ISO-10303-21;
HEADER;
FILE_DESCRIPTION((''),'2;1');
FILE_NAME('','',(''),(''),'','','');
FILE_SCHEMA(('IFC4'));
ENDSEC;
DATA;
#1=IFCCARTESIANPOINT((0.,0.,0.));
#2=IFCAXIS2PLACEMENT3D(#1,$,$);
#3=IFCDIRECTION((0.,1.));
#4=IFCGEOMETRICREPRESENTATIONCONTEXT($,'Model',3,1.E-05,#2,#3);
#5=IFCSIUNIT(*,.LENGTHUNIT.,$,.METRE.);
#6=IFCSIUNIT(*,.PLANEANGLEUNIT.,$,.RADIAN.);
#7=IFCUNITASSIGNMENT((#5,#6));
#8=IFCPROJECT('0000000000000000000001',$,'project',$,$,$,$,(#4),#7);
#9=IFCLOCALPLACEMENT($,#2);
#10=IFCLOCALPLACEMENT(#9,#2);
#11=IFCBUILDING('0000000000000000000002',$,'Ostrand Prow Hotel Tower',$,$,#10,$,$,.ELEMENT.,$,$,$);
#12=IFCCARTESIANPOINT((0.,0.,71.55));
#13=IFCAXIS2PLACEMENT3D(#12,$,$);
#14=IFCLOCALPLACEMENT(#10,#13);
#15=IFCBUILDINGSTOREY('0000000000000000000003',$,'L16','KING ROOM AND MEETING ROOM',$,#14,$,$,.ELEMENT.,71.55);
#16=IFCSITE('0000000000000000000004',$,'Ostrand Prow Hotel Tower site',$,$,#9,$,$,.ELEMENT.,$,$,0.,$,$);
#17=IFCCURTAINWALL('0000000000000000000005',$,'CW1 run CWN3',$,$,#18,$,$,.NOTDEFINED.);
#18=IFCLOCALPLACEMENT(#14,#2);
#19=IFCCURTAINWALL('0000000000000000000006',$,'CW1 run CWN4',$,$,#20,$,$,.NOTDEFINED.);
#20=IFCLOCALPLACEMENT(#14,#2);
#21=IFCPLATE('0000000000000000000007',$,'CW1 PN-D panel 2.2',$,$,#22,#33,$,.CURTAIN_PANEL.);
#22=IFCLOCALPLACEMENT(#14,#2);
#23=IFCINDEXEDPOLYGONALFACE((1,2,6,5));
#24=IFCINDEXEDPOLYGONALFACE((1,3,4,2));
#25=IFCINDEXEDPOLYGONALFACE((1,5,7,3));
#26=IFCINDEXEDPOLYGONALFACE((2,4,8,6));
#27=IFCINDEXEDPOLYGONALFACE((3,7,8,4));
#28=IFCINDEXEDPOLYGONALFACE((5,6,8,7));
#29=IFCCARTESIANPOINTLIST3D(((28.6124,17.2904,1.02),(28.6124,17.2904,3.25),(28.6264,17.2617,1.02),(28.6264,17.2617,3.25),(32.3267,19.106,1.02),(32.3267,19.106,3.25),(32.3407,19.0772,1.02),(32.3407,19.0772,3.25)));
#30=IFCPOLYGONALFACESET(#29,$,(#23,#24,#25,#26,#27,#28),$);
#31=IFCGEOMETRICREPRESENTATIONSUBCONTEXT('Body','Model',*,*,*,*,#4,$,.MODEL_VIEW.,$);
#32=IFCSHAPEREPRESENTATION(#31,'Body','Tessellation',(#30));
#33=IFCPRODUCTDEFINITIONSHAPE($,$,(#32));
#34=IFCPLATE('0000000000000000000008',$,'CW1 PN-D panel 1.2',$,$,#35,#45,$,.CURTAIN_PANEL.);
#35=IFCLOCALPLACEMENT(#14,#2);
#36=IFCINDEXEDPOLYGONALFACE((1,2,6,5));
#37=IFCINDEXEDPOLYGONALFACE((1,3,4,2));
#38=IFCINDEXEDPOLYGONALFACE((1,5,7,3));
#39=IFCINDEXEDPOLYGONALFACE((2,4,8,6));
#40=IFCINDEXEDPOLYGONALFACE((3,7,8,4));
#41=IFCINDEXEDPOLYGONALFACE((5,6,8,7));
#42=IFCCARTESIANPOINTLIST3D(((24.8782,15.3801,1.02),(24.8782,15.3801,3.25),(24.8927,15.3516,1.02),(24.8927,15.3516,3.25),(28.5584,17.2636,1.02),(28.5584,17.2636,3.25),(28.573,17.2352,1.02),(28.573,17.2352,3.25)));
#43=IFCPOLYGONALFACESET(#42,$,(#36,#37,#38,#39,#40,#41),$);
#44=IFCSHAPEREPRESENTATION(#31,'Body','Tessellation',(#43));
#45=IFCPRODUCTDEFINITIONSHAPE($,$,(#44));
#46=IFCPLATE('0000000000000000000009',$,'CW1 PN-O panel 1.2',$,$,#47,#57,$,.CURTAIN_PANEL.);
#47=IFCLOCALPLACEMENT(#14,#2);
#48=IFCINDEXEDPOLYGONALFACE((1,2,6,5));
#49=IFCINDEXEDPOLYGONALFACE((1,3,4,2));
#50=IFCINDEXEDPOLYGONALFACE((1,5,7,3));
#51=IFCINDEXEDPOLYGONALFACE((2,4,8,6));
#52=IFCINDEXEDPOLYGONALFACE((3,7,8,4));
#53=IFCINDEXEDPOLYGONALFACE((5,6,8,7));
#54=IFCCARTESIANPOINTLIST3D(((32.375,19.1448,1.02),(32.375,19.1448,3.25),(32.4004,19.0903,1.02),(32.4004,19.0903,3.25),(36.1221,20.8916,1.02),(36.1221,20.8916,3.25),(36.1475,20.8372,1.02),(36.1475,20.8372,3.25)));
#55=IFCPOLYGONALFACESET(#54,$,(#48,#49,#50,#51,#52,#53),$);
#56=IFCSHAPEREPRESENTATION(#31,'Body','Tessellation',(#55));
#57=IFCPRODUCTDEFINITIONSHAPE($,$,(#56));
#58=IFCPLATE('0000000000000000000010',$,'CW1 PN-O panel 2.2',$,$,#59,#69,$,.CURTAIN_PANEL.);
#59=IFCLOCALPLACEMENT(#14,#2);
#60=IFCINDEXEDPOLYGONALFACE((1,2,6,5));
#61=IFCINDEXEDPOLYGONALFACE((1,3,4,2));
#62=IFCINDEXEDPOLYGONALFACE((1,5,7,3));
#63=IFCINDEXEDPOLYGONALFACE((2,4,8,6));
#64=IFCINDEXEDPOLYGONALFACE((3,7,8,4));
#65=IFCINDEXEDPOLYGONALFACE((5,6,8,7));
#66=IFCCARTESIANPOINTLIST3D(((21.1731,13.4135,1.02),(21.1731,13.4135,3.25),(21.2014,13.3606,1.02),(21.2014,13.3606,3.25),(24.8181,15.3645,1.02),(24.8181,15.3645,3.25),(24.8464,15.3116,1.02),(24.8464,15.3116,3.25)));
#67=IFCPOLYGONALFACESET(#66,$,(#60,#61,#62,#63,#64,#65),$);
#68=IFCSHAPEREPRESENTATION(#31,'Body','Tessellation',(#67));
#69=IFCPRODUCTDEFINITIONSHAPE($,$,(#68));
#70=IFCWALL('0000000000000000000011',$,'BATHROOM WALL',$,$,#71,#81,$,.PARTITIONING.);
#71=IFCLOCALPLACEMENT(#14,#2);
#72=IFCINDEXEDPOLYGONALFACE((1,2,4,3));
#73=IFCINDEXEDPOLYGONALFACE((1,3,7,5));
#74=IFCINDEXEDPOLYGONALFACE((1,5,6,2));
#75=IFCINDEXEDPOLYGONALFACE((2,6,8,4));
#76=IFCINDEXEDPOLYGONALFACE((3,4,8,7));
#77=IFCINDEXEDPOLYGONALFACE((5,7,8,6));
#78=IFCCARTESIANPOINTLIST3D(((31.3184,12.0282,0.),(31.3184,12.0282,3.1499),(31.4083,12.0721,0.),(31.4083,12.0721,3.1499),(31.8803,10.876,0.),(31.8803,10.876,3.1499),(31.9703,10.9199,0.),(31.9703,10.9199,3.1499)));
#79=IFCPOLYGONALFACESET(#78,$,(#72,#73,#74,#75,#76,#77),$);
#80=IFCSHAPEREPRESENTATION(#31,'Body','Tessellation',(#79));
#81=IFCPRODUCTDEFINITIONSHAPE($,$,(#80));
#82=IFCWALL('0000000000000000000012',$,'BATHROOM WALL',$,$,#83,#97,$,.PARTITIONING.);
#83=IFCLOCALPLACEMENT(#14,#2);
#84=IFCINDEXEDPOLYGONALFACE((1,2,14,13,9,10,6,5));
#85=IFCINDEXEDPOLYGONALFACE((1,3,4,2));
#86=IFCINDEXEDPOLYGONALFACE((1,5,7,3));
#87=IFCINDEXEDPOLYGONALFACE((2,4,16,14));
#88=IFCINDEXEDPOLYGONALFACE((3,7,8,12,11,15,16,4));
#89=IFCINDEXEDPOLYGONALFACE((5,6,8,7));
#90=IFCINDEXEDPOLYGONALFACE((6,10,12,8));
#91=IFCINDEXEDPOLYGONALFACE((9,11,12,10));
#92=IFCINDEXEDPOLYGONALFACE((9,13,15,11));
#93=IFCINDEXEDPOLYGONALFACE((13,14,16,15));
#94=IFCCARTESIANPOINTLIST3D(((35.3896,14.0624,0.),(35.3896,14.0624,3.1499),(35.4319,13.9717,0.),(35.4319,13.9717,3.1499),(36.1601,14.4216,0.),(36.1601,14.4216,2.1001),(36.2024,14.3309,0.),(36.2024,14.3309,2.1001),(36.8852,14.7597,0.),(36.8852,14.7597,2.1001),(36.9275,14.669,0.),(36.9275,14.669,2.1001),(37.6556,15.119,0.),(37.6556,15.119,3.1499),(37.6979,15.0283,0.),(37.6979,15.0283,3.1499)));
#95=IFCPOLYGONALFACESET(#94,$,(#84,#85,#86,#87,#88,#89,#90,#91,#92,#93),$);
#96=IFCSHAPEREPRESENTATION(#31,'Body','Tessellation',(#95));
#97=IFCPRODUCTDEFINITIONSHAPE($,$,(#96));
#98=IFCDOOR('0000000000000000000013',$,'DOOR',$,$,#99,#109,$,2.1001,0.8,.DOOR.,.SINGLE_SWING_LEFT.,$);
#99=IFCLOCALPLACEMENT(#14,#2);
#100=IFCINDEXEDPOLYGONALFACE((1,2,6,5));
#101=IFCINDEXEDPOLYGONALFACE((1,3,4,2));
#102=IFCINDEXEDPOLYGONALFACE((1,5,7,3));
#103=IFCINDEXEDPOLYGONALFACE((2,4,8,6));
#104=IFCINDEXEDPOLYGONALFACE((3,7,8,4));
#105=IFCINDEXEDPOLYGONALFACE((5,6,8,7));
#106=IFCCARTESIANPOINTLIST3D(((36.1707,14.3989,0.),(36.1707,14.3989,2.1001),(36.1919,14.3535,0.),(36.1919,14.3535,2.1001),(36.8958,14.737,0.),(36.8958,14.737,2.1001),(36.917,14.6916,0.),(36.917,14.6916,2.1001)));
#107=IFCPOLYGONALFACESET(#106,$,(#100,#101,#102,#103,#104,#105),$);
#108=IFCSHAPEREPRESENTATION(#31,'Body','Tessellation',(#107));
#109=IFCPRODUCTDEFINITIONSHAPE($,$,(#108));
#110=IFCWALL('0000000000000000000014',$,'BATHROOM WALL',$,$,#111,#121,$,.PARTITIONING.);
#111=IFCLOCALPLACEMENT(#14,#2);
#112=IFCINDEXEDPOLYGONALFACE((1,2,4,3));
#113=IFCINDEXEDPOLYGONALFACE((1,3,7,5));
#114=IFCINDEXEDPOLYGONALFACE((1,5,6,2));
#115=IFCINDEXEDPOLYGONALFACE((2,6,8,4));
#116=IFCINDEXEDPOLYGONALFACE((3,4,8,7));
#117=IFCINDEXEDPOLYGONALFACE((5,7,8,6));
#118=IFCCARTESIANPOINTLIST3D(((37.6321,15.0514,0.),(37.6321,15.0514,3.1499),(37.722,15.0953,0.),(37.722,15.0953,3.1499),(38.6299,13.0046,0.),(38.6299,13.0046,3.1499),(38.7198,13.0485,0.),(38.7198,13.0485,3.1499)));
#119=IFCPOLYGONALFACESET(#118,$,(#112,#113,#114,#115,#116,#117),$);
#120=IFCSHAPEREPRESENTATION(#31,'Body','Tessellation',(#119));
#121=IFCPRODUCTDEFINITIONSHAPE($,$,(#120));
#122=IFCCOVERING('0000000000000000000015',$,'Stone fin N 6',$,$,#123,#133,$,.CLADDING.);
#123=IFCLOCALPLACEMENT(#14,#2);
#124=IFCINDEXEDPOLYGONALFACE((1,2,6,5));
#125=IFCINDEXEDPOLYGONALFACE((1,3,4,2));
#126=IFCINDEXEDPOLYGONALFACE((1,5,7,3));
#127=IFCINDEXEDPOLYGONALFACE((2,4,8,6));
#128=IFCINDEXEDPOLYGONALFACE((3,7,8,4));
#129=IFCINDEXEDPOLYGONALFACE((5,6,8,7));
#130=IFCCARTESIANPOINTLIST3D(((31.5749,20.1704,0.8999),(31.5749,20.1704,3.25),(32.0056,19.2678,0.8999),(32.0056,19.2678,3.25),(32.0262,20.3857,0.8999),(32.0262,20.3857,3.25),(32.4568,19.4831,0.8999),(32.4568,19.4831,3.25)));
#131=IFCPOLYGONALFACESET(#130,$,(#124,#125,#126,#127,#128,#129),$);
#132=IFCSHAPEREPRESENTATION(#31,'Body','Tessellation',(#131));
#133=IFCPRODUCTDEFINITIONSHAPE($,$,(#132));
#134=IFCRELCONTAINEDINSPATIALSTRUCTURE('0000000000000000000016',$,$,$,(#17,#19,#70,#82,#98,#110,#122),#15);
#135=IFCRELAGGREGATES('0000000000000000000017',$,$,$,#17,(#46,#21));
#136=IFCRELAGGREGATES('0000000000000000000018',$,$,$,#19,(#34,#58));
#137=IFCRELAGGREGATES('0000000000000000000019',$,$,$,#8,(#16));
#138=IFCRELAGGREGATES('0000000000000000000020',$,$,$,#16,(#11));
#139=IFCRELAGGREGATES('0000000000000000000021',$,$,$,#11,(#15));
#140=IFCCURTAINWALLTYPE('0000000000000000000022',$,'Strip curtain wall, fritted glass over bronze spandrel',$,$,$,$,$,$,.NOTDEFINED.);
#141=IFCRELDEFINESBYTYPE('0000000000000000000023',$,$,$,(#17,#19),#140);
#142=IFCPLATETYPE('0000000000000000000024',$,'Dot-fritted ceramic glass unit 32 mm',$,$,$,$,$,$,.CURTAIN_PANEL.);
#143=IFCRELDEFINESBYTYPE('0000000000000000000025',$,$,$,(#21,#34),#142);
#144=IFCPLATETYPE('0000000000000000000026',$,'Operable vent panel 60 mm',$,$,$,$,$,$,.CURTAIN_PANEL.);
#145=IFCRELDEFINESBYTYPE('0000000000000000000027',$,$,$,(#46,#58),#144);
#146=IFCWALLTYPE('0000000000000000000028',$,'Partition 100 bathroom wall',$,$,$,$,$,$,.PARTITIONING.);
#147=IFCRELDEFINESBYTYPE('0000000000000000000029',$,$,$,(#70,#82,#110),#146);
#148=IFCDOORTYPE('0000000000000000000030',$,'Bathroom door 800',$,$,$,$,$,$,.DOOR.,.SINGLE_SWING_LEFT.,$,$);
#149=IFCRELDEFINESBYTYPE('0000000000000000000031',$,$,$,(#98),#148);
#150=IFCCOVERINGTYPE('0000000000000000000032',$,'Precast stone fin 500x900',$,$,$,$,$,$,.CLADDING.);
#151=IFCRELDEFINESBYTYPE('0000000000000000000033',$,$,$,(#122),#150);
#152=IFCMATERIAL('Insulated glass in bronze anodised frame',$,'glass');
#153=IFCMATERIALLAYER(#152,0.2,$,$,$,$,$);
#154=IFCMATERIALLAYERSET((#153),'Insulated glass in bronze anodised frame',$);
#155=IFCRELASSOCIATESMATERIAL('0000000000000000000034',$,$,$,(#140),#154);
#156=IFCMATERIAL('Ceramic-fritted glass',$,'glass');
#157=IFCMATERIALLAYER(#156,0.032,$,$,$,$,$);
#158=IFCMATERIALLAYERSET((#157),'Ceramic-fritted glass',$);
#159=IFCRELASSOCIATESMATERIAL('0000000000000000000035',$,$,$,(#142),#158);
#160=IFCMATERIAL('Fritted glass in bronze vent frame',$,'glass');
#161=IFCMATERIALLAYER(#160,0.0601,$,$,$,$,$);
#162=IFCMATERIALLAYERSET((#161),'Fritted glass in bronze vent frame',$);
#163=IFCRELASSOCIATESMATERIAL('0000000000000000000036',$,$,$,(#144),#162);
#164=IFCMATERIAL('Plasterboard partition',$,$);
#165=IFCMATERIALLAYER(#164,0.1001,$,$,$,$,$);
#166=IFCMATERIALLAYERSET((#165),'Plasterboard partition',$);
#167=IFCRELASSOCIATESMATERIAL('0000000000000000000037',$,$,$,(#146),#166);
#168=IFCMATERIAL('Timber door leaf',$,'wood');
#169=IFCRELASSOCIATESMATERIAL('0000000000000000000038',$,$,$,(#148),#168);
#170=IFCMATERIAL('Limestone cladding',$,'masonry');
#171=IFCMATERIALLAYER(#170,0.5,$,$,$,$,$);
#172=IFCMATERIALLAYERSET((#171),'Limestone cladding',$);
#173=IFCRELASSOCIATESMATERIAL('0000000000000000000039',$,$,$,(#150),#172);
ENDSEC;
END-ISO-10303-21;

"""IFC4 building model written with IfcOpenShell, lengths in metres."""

from ifc_helpers import new_model, si_unit, direction, frame, frame_2d, origin, origin_2d, place, context, subcontext, project, spatial, rectangle, extrude, material, layer, layer_set, type_object, element, fill, aggregate, save


model = new_model("IFC4")

# Units and contexts
model_context = context("Model", 3, precision=1e-05, world=origin(), true_north=direction((0.0, 1.0)))
body_context = subcontext(model_context, "Body", "Model", "MODEL_VIEW")
ifc_project = project(units=[si_unit("LENGTHUNIT", "METRE"), si_unit("PLANEANGLEUNIT", "RADIAN")], contexts=[model_context])

# Site, building, storey
site_placement = place(None, origin())
site = spatial("IfcSite", under=ifc_project, at=site_placement, Name="Ostrand Prow Hotel Tower site", CompositionType="ELEMENT", RefElevation=0.0)
building_placement = place(site_placement, origin())
building = spatial("IfcBuilding", under=site, at=building_placement, Name="Ostrand Prow Hotel Tower", CompositionType="ELEMENT")
storey_placement = place(building_placement, frame((0.0, 0.0, 71.55)))
storey = spatial("IfcBuildingStorey", under=building, at=storey_placement, Name="L16", Description="KING ROOM AND MEETING ROOM", CompositionType="ELEMENT", Elevation=71.55)

# Shared definitions
ifc_material_1 = material(Name="Insulated glass in bronze anodised frame", Category="glass")
ifc_layer_1 = layer(ifc_material_1, 0.2)
ifc_layer_set_1 = layer_set([ifc_layer_1], Name="Insulated glass in bronze anodised frame")
curtain_wall_type = type_object("IfcCurtainWallType", Name="Strip curtain wall, fritted glass over bronze spandrel", PredefinedType="NOTDEFINED", material=ifc_layer_set_1)

# Curtain wall
curtain_wall_1_placement = place(storey_placement, origin())
curtain_wall_1 = element("IfcCurtainWall", 1, at=curtain_wall_1_placement, inside=storey, type_object=curtain_wall_type, Name="CW1 run CWN3", PredefinedType="NOTDEFINED")

# Curtain wall
curtain_wall_2_placement = place(storey_placement, origin())
curtain_wall_2 = element("IfcCurtainWall", 2, at=curtain_wall_2_placement, inside=storey, type_object=curtain_wall_type, Name="CW1 run CWN4", PredefinedType="NOTDEFINED")

# Plates
ifc_material_2 = material(Name="Ceramic-fritted glass", Category="glass")
ifc_layer_2 = layer(ifc_material_2, 0.032)
ifc_layer_set_2 = layer_set([ifc_layer_2], Name="Ceramic-fritted glass")
plate_type_1 = type_object("IfcPlateType", Name="Dot-fritted ceramic glass unit 32 mm", PredefinedType="CURTAIN_PANEL", material=ifc_layer_set_2)
plate_1_placement = place(storey_placement, frame((30.4766, 18.1838, 1.02), z_axis=(0.0, 0.0, 1.0), x_axis=(-0.89842, -0.439138, 0.0)))
plate_1 = element("IfcPlate", 3, at=plate_1_placement, type_object=plate_type_1, Name="CW1 PN-D panel 2.2", PredefinedType="CURTAIN_PANEL", context=body_context, shape_type="SweptSolid", body=[
    extrude(rectangle(XDim=4.1343, YDim=0.032, at=origin_2d()), origin(), (0.0, 0.0, 1.0), 2.23),
])
plate_2_placement = place(storey_placement, frame((26.7256, 16.3076, 1.02), z_axis=(0.0, 0.0, 1.0), x_axis=(-0.890187, -0.455596, 0.0)))
plate_2 = element("IfcPlate", 4, at=plate_2_placement, type_object=plate_type_1, Name="CW1 PN-D panel 1.2", PredefinedType="CURTAIN_PANEL", context=body_context, shape_type="SweptSolid", body=[
    extrude(rectangle(XDim=4.1343, YDim=0.032, at=origin_2d()), origin(), (0.0, 0.0, 1.0), 2.23),
])
ifc_material_3 = material(Name="Fritted glass in bronze vent frame", Category="glass")
ifc_layer_3 = layer(ifc_material_3, 0.0601)
ifc_layer_set_3 = layer_set([ifc_layer_3], Name="Fritted glass in bronze vent frame")
plate_type_2 = type_object("IfcPlateType", Name="Operable vent panel 60 mm", PredefinedType="CURTAIN_PANEL", material=ifc_layer_set_3)
plate_3_placement = place(storey_placement, frame((34.2612, 19.991, 1.02), z_axis=(0.0, 0.0, 1.0), x_axis=(-0.906349, -0.42253, 0.0)))
plate_3 = element("IfcPlate", 5, at=plate_3_placement, type_object=plate_type_2, Name="CW1 PN-O panel 1.2", PredefinedType="CURTAIN_PANEL", context=body_context, shape_type="SweptSolid", body=[
    extrude(rectangle(XDim=4.1343, YDim=0.0601, at=origin_2d()), origin(), (0.0, 0.0, 1.0), 2.23),
])
aggregate(curtain_wall_1, [plate_3, plate_1])
plate_4_placement = place(storey_placement, frame((23.0098, 14.3625, 1.02), z_axis=(0.0, 0.0, 1.0), x_axis=(-0.881652, -0.4719, 0.0)))
plate_4 = element("IfcPlate", 6, at=plate_4_placement, type_object=plate_type_2, Name="CW1 PN-O panel 2.2", PredefinedType="CURTAIN_PANEL", context=body_context, shape_type="SweptSolid", body=[
    extrude(rectangle(XDim=4.1343, YDim=0.0601, at=origin_2d()), origin(), (0.0, 0.0, 1.0), 2.23),
])
aggregate(curtain_wall_2, [plate_2, plate_4])

# Wall
ifc_material_4 = material(Name="Plasterboard partition")
ifc_layer_4 = layer(ifc_material_4, 0.1001)
ifc_layer_set_4 = layer_set([ifc_layer_4], Name="Plasterboard partition")
wall_type = type_object("IfcWallType", Name="Partition 100 bathroom wall", PredefinedType="PARTITIONING", material=ifc_layer_set_4)
wall_1_placement = place(storey_placement, frame((31.3633, 12.0503, 0.0), z_axis=(0.0, 0.0, 1.0), x_axis=(0.438356, -0.898801, 0.0)))
element("IfcWall", 7, at=wall_1_placement, inside=storey, type_object=wall_type, Name="BATHROOM WALL", PredefinedType="PARTITIONING", context=body_context, shape_type="SweptSolid", body=[
    extrude(rectangle(XDim=1.282, YDim=0.1001, at=frame_2d((0.6411, 0.0))), origin(), (0.0, 0.0, 1.0), 3.1499),
])

# Wall, opening, door
wall_2_placement = place(storey_placement, frame((35.4109, 14.0171, 0.0), z_axis=(0.0, 0.0, 1.0), x_axis=(0.906318, 0.422597, 0.0)))
wall_2 = element("IfcWall", 8, at=wall_2_placement, inside=storey, type_object=wall_type, Name="BATHROOM WALL", PredefinedType="PARTITIONING", context=body_context, shape_type="SweptSolid", body=[
    extrude(rectangle(XDim=2.5002, YDim=0.1001, at=frame_2d((1.25, 0.0))), origin(), (0.0, 0.0, 1.0), 3.1499),
])
opening_placement = place(wall_2_placement, frame((0.8501, 0.0, 0.0)))
opening = element("IfcOpeningElement", 9, at=opening_placement, cuts=wall_2, PredefinedType="OPENING", context=body_context, shape_type="SweptSolid", body=[
    extrude(rectangle(XDim=0.8, YDim=2.1001, at=frame_2d((0.3999, 1.05))), frame((0.0, 0.0601, 0.0), z_axis=(0.0, -1.0, 0.0), x_axis=(1.0, 0.0, 0.0)), (0.0, 0.0, 1.0), 0.1201),
])
ifc_material_5 = material(Name="Timber door leaf", Category="wood")
door_type = type_object("IfcDoorType", Name="Bathroom door 800", OperationType="SINGLE_SWING_LEFT", PredefinedType="DOOR", material=ifc_material_5)
door_placement = place(opening_placement, origin())
door = element("IfcDoor", 10, at=door_placement, inside=storey, type_object=door_type, Name="DOOR", OperationType="SINGLE_SWING_LEFT", OverallHeight=2.1001, OverallWidth=0.8, PredefinedType="DOOR", context=body_context, shape_type="SweptSolid", body=[
    extrude(rectangle(XDim=0.8, YDim=2.1001, at=frame_2d((0.3999, 1.05))), frame((0.0, 0.0249, 0.0), z_axis=(0.0, -1.0, 0.0), x_axis=(1.0, 0.0, 0.0)), (0.0, 0.0, 1.0), 0.05),
])
fill(opening, door)

# Wall
wall_3_placement = place(storey_placement, frame((37.677, 15.0735, 0.0), z_axis=(0.0, 0.0, 1.0), x_axis=(0.438185, -0.898885, 0.0)))
element("IfcWall", 11, at=wall_3_placement, inside=storey, type_object=wall_type, Name="BATHROOM WALL", PredefinedType="PARTITIONING", context=body_context, shape_type="SweptSolid", body=[
    extrude(rectangle(XDim=2.2771, YDim=0.1001, at=frame_2d((1.1387, 0.0))), origin(), (0.0, 0.0, 1.0), 3.1499),
])

# Covering
ifc_material_6 = material(Name="Limestone cladding", Category="masonry")
ifc_layer_5 = layer(ifc_material_6, 0.5)
ifc_layer_set_5 = layer_set([ifc_layer_5], Name="Limestone cladding")
covering_type = type_object("IfcCoveringType", Name="Precast stone fin 500x900", PredefinedType="CLADDING", material=ifc_layer_set_5)
covering_placement = place(storey_placement, frame((32.2312, 19.3755, 0.8999), z_axis=(0.0, 0.0, 1.0), x_axis=(-0.430635, 0.902526, 0.0)))
element("IfcCovering", 12, at=covering_placement, inside=storey, type_object=covering_type, Name="Stone fin N 6", PredefinedType="CLADDING", context=body_context, shape_type="SweptSolid", body=[
    extrude(rectangle(XDim=1.0, YDim=0.5, at=frame_2d((0.5, 0.0))), origin(), (0.0, 0.0, 1.0), 2.3501),
])

save(model, "model.ifc")
